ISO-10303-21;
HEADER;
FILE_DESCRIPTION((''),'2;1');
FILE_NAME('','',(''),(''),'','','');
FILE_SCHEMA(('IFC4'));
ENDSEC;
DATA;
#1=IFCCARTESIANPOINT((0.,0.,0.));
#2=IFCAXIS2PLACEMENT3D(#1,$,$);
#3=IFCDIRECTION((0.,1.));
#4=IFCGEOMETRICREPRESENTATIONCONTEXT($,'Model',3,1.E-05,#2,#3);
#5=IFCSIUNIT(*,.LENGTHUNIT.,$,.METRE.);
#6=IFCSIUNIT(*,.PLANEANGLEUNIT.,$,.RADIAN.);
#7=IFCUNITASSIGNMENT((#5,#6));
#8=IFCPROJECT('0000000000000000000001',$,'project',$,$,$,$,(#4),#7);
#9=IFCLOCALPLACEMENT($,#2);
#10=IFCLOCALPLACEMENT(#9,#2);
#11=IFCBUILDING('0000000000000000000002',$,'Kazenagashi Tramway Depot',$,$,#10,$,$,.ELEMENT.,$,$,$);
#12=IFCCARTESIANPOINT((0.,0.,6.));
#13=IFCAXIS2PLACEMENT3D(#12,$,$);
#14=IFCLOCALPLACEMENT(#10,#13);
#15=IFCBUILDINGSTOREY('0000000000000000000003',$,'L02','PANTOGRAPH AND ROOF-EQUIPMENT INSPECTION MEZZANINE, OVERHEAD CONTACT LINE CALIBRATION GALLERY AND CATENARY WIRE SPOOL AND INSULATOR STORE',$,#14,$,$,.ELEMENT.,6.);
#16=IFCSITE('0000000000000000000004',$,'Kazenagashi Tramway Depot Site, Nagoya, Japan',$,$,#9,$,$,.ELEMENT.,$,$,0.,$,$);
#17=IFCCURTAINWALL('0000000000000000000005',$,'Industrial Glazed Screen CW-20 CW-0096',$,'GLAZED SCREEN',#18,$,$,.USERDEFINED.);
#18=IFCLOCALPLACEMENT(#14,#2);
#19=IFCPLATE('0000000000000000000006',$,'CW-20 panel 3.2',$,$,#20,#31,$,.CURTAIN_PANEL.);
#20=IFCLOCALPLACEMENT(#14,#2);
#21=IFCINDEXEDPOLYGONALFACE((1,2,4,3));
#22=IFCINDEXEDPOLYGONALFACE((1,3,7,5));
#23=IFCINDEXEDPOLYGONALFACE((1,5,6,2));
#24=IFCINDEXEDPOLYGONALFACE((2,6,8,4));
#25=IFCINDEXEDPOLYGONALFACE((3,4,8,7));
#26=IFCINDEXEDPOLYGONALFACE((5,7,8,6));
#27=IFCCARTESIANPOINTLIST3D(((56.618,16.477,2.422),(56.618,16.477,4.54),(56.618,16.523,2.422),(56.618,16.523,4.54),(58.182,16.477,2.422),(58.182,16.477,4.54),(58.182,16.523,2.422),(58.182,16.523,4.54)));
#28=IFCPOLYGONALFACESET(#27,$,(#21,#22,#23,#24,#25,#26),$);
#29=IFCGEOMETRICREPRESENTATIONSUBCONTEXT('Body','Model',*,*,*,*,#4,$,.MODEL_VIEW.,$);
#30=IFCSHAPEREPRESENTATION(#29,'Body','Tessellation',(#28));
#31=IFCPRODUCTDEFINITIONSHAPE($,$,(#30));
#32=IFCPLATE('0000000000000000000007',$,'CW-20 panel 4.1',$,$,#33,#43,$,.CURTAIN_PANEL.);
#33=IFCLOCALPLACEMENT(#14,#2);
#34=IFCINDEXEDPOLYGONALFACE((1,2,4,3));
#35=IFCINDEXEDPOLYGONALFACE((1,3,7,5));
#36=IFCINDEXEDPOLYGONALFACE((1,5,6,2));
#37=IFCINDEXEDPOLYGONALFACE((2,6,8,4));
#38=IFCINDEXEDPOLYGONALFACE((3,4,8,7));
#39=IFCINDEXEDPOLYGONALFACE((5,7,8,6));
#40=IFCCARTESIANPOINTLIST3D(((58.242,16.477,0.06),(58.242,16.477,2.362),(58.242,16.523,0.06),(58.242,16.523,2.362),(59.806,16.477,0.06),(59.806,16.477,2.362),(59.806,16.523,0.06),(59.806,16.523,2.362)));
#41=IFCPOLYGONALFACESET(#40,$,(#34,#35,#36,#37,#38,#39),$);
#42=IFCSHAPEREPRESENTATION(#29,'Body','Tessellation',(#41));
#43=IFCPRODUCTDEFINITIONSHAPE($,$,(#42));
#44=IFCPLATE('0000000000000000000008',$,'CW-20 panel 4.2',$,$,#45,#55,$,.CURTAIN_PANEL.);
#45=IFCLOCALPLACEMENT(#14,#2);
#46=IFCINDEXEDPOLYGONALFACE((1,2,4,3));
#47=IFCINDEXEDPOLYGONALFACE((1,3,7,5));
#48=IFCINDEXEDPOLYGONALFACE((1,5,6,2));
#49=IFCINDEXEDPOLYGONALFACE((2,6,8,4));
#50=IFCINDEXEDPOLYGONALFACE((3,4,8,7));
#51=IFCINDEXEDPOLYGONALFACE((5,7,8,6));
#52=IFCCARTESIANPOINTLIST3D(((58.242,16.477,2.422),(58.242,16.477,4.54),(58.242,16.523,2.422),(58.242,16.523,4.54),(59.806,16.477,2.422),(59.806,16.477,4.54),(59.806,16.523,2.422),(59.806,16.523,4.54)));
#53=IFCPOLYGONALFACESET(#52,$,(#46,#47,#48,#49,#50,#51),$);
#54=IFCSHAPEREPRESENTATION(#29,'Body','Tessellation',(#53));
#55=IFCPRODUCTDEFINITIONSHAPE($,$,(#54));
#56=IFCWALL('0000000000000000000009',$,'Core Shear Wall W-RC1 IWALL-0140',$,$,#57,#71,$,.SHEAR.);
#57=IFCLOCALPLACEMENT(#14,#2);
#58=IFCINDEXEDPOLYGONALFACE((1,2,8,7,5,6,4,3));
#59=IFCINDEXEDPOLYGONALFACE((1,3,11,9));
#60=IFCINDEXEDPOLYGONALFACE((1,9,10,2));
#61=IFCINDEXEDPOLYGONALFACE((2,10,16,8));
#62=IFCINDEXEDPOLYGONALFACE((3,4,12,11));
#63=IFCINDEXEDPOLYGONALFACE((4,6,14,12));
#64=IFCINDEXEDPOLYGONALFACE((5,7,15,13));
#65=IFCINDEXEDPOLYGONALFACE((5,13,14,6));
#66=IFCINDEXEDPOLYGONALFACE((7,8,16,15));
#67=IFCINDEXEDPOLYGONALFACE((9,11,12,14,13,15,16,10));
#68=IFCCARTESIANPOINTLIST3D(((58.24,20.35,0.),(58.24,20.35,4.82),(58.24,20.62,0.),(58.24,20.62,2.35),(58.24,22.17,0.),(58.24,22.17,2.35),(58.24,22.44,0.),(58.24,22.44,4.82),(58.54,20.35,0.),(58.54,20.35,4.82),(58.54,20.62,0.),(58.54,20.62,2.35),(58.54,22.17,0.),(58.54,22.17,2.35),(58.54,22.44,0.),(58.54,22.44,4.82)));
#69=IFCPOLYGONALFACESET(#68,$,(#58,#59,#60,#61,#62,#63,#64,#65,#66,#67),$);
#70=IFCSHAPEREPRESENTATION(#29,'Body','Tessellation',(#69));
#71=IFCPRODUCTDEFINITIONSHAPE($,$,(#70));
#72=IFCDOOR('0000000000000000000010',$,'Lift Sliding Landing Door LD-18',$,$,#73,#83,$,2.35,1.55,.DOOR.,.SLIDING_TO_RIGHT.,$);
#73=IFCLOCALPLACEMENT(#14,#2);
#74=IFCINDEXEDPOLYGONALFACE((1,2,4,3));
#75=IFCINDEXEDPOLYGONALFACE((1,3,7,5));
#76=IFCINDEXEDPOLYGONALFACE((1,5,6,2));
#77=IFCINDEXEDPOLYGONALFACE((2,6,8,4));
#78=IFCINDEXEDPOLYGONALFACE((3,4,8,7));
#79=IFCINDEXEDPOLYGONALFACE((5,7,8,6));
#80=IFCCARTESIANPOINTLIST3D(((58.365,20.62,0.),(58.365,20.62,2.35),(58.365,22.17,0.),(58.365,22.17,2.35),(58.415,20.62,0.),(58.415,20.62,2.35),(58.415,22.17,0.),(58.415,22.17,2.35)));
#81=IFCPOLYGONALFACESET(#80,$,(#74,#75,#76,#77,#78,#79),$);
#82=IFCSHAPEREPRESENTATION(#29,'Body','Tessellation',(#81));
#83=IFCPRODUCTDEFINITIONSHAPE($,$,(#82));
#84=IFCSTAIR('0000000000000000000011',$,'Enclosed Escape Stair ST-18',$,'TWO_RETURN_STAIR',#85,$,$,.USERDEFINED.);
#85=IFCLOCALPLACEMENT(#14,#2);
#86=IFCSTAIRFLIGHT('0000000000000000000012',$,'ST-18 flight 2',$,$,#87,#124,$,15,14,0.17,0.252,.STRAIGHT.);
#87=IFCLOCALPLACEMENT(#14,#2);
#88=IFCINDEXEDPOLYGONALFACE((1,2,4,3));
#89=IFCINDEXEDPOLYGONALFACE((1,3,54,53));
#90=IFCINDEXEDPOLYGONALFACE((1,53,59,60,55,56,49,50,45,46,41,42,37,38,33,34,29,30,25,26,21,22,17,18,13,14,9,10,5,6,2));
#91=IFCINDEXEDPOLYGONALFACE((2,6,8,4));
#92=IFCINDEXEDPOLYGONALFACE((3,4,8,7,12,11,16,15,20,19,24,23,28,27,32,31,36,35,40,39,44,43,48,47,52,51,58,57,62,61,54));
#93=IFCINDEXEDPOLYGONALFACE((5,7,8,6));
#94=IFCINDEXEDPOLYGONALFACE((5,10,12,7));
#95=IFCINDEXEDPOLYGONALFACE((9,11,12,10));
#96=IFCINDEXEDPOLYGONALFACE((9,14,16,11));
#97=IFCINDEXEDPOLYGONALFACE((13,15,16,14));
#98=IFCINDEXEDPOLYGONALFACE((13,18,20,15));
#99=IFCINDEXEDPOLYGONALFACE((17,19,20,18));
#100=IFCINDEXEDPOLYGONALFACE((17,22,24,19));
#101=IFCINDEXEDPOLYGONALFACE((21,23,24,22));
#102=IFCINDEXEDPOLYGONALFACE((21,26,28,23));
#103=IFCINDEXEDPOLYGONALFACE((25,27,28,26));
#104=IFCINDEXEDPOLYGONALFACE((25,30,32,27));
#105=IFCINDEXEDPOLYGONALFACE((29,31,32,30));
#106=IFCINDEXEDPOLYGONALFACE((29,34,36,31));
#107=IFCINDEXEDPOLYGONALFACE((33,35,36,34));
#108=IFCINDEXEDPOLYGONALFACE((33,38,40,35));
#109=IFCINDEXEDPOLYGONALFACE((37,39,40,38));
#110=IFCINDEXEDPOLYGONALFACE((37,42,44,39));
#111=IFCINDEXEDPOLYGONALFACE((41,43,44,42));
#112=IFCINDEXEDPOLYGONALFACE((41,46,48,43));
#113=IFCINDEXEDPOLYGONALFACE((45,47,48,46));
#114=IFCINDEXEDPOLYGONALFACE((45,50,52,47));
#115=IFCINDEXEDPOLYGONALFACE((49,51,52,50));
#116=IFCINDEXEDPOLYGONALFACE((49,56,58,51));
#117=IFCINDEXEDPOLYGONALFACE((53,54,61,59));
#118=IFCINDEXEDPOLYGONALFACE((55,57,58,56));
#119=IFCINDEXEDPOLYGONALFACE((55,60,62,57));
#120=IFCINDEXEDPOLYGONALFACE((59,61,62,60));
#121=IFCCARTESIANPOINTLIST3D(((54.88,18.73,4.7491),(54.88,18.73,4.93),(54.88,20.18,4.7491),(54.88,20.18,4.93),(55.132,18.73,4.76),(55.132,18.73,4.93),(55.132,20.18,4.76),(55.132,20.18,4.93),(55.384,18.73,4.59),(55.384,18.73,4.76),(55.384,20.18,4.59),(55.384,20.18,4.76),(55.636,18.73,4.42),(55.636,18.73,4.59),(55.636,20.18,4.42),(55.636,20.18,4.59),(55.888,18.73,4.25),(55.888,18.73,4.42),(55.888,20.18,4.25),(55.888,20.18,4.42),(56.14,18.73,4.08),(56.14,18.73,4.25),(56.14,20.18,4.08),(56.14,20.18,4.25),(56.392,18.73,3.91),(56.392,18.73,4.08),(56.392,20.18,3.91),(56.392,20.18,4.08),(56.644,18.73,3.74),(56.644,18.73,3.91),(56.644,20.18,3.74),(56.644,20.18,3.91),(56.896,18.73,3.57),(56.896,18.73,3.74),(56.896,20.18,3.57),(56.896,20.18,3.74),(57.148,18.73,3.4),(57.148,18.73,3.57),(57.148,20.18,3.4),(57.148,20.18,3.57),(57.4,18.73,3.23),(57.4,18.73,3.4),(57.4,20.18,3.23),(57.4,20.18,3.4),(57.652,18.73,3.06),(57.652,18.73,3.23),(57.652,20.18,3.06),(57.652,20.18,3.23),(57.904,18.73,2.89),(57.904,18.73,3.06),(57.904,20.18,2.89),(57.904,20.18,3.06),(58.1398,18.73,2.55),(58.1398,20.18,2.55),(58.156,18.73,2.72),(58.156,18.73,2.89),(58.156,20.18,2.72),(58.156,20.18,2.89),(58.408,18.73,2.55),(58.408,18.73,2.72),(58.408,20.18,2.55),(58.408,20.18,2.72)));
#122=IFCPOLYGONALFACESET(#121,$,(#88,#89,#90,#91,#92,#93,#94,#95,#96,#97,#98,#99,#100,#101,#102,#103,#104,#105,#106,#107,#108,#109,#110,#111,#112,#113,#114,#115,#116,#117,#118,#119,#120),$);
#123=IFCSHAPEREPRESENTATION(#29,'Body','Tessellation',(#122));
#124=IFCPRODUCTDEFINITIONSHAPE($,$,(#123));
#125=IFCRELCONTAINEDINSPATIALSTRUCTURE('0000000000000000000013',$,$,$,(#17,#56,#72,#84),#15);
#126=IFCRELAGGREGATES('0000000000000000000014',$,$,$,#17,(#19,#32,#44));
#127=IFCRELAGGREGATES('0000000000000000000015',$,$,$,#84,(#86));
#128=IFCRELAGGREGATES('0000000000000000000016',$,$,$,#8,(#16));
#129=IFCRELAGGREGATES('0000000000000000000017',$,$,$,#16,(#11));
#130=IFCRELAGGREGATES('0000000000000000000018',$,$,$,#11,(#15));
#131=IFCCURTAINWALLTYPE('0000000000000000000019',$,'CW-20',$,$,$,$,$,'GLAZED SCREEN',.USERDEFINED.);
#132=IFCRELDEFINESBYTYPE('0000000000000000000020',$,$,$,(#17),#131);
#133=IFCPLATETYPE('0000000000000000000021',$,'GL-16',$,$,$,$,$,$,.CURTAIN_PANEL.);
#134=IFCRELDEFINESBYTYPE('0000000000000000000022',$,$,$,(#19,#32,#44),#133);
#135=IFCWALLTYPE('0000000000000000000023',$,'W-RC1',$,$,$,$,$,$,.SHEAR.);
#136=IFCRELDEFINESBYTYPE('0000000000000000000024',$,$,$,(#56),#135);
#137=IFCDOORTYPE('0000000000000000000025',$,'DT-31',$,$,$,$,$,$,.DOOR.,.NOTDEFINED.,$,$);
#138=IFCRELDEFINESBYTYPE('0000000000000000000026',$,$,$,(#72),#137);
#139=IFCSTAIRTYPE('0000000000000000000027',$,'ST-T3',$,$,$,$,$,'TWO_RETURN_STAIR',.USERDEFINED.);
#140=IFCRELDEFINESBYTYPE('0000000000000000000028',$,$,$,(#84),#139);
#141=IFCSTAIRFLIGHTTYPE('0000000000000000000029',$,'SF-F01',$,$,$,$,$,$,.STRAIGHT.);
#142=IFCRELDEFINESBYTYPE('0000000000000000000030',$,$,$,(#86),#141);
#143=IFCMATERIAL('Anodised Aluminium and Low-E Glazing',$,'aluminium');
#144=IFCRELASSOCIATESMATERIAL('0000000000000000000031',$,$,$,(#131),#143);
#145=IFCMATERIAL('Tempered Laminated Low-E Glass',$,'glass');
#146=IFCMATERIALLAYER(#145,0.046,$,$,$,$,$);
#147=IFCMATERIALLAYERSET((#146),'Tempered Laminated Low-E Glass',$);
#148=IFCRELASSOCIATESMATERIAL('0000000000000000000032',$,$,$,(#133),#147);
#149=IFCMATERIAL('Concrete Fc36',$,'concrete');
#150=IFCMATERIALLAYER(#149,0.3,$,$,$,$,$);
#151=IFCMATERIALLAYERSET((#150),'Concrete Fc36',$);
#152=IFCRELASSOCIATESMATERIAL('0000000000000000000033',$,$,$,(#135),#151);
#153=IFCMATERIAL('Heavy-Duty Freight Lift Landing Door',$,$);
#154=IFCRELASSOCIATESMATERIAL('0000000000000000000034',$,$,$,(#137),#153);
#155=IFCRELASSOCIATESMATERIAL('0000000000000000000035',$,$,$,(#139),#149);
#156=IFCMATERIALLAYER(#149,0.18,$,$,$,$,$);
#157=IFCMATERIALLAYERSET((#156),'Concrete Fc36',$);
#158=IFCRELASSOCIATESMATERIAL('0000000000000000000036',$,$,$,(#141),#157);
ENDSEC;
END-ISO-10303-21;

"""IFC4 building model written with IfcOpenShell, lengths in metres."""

from ifc_helpers import new_model, si_unit, direction, frame, frame_2d, origin, origin_2d, place, context, subcontext, project, spatial, polyline, rectangle, outline, extrude, material, layer, layer_set, type_object, element, fill, aggregate, save


model = new_model("IFC4")

# Units and contexts
model_context = context("Model", 3, precision=1e-05, world=origin(), true_north=direction((0.0, 1.0)))
body_context = subcontext(model_context, "Body", "Model", "MODEL_VIEW")
ifc_project = project(units=[si_unit("LENGTHUNIT", "METRE"), si_unit("PLANEANGLEUNIT", "RADIAN")], contexts=[model_context])

# Site, building, storey
site_placement = place(None, origin())
site = spatial("IfcSite", under=ifc_project, at=site_placement, Name="Kazenagashi Tramway Depot Site, Nagoya, Japan", CompositionType="ELEMENT", RefElevation=0.0)
building_placement = place(site_placement, origin())
building = spatial("IfcBuilding", under=site, at=building_placement, Name="Kazenagashi Tramway Depot", CompositionType="ELEMENT")
storey_placement = place(building_placement, frame((0.0, 0.0, 6.0)))
storey = spatial("IfcBuildingStorey", under=building, at=storey_placement, Name="L02", Description="PANTOGRAPH AND ROOF-EQUIPMENT INSPECTION MEZZANINE, OVERHEAD CONTACT LINE CALIBRATION GALLERY AND CATENARY WIRE SPOOL AND INSULATOR STORE", CompositionType="ELEMENT", Elevation=6.0)

# Curtain wall, plates
ifc_material_1 = material(Name="Anodised Aluminium and Low-E Glazing", Category="aluminium")
curtain_wall_type = type_object("IfcCurtainWallType", Name="CW-20", ElementType="GLAZED SCREEN", PredefinedType="USERDEFINED", material=ifc_material_1)
curtain_wall_placement = place(storey_placement, origin())
curtain_wall = element("IfcCurtainWall", 1, at=curtain_wall_placement, inside=storey, type_object=curtain_wall_type, Name="Industrial Glazed Screen CW-20 CW-0096", ObjectType="GLAZED SCREEN", PredefinedType="USERDEFINED")
ifc_material_2 = material(Name="Tempered Laminated Low-E Glass", Category="glass")
ifc_layer_1 = layer(ifc_material_2, 0.046)
ifc_layer_set_1 = layer_set([ifc_layer_1], Name="Tempered Laminated Low-E Glass")
plate_type = type_object("IfcPlateType", Name="GL-16", PredefinedType="CURTAIN_PANEL", material=ifc_layer_set_1)
plate_1_placement = place(storey_placement, frame((57.4, 16.5, 2.422), z_axis=(0.0, 0.0, 1.0), x_axis=(1.0, 0.0, 0.0)))
plate_1 = element("IfcPlate", 2, at=plate_1_placement, type_object=plate_type, Name="CW-20 panel 3.2", PredefinedType="CURTAIN_PANEL", context=body_context, shape_type="SweptSolid", body=[
    extrude(rectangle(XDim=1.564, YDim=0.046, at=origin_2d()), origin(), (0.0, 0.0, 1.0), 2.118),
])
plate_2_placement = place(storey_placement, frame((59.024, 16.5, 0.06), z_axis=(0.0, 0.0, 1.0), x_axis=(1.0, 0.0, 0.0)))
plate_2 = element("IfcPlate", 3, at=plate_2_placement, type_object=plate_type, Name="CW-20 panel 4.1", PredefinedType="CURTAIN_PANEL", context=body_context, shape_type="SweptSolid", body=[
    extrude(rectangle(XDim=1.564, YDim=0.046, at=origin_2d()), origin(), (0.0, 0.0, 1.0), 2.302),
])
plate_3_placement = place(storey_placement, frame((59.024, 16.5, 2.422), z_axis=(0.0, 0.0, 1.0), x_axis=(1.0, 0.0, 0.0)))
plate_3 = element("IfcPlate", 4, at=plate_3_placement, type_object=plate_type, Name="CW-20 panel 4.2", PredefinedType="CURTAIN_PANEL", context=body_context, shape_type="SweptSolid", body=[
    extrude(rectangle(XDim=1.564, YDim=0.046, at=origin_2d()), origin(), (0.0, 0.0, 1.0), 2.118),
])
aggregate(curtain_wall, [plate_1, plate_2, plate_3])

# Wall, opening, door
ifc_material_3 = material(Name="Concrete Fc36", Category="concrete")
ifc_layer_2 = layer(ifc_material_3, 0.3)
ifc_layer_set_2 = layer_set([ifc_layer_2], Name="Concrete Fc36")
wall_type = type_object("IfcWallType", Name="W-RC1", PredefinedType="SHEAR", material=ifc_layer_set_2)
wall_placement = place(storey_placement, frame((58.39, 20.35, 0.0), z_axis=(0.0, 0.0, 1.0), x_axis=(0.0, 1.0, 0.0)))
wall = element("IfcWall", 5, at=wall_placement, inside=storey, type_object=wall_type, Name="Core Shear Wall W-RC1 IWALL-0140", PredefinedType="SHEAR", context=body_context, shape_type="SweptSolid", body=[
    extrude(rectangle(XDim=2.09, YDim=0.3, at=frame_2d((1.045, 0.0))), origin(), (0.0, 0.0, 1.0), 4.82),
])
opening_placement = place(wall_placement, frame((0.27, 0.0, 0.0)))
opening = element("IfcOpeningElement", 6, at=opening_placement, cuts=wall, PredefinedType="OPENING", context=body_context, shape_type="SweptSolid", body=[
    extrude(rectangle(XDim=1.55, YDim=2.35, at=frame_2d((0.775, 1.175))), frame((0.0, 0.16, 0.0), z_axis=(0.0, -1.0, 0.0), x_axis=(1.0, 0.0, 0.0)), (0.0, 0.0, 1.0), 0.32),
])
ifc_material_4 = material(Name="Heavy-Duty Freight Lift Landing Door")
door_type = type_object("IfcDoorType", Name="DT-31", OperationType="NOTDEFINED", PredefinedType="DOOR", material=ifc_material_4)
door_placement = place(opening_placement, origin())
door = element("IfcDoor", 7, at=door_placement, inside=storey, type_object=door_type, Name="Lift Sliding Landing Door LD-18", OperationType="SLIDING_TO_RIGHT", OverallHeight=2.35, OverallWidth=1.55, PredefinedType="DOOR", context=body_context, shape_type="SweptSolid", body=[
    extrude(rectangle(XDim=1.55, YDim=2.35, at=frame_2d((0.775, 1.175))), frame((0.0, 0.025, 0.0), z_axis=(0.0, -1.0, 0.0), x_axis=(1.0, 0.0, 0.0)), (0.0, 0.0, 1.0), 0.05),
])
fill(opening, door)

# Stair, stair flight
stair_type = type_object("IfcStairType", Name="ST-T3", ElementType="TWO_RETURN_STAIR", PredefinedType="USERDEFINED", material=ifc_material_3)
stair_placement = place(storey_placement, origin())
stair = element("IfcStair", 8, at=stair_placement, inside=storey, type_object=stair_type, Name="Enclosed Escape Stair ST-18", ObjectType="TWO_RETURN_STAIR", PredefinedType="USERDEFINED")
ifc_layer_3 = layer(ifc_material_3, 0.18)
ifc_layer_set_3 = layer_set([ifc_layer_3], Name="Concrete Fc36")
stair_flight_type = type_object("IfcStairFlightType", Name="SF-F01", PredefinedType="STRAIGHT", material=ifc_layer_set_3)
stair_flight_placement = place(storey_placement, frame((58.408, 19.455, 2.55), z_axis=(0.0, 0.0, 1.0), x_axis=(-1.0, 0.0, 0.0)))
stair_flight = element("IfcStairFlight", 9, at=stair_flight_placement, type_object=stair_flight_type, Name="ST-18 flight 2", NumberOfRisers=15, NumberOfTreads=14, PredefinedType="STRAIGHT", RiserHeight=0.17, TreadLength=0.252, context=body_context, shape_type="SweptSolid", body=[
    extrude(outline(polyline([(0.0, 0.0), (0.0, 0.17), (0.252, 0.17), (0.252, 0.34), (0.504, 0.34), (0.504, 0.51), (0.756, 0.51), (0.756, 0.68), (1.008, 0.68), (1.008, 0.85), (1.26, 0.85), (1.26, 1.02), (1.512, 1.02), (1.512, 1.19), (1.764, 1.19), (1.764, 1.36), (2.016, 1.36), (2.016, 1.53), (2.268, 1.53), (2.268, 1.7), (2.52, 1.7), (2.52, 1.87), (2.772, 1.87), (2.772, 2.04), (3.024, 2.04), (3.024, 2.21), (3.276, 2.21), (3.276, 2.38), (3.528, 2.38), (3.528, 2.55), (3.528, 2.1991), (0.2682, 0.0), (0.0, 0.0)])), frame((0.0, 0.725, 0.0), z_axis=(0.0, -1.0, 0.0), x_axis=(1.0, 0.0, 0.0)), (0.0, 0.0, 1.0), 1.45),
])
aggregate(stair, [stair_flight])

save(model, "model.ifc")
